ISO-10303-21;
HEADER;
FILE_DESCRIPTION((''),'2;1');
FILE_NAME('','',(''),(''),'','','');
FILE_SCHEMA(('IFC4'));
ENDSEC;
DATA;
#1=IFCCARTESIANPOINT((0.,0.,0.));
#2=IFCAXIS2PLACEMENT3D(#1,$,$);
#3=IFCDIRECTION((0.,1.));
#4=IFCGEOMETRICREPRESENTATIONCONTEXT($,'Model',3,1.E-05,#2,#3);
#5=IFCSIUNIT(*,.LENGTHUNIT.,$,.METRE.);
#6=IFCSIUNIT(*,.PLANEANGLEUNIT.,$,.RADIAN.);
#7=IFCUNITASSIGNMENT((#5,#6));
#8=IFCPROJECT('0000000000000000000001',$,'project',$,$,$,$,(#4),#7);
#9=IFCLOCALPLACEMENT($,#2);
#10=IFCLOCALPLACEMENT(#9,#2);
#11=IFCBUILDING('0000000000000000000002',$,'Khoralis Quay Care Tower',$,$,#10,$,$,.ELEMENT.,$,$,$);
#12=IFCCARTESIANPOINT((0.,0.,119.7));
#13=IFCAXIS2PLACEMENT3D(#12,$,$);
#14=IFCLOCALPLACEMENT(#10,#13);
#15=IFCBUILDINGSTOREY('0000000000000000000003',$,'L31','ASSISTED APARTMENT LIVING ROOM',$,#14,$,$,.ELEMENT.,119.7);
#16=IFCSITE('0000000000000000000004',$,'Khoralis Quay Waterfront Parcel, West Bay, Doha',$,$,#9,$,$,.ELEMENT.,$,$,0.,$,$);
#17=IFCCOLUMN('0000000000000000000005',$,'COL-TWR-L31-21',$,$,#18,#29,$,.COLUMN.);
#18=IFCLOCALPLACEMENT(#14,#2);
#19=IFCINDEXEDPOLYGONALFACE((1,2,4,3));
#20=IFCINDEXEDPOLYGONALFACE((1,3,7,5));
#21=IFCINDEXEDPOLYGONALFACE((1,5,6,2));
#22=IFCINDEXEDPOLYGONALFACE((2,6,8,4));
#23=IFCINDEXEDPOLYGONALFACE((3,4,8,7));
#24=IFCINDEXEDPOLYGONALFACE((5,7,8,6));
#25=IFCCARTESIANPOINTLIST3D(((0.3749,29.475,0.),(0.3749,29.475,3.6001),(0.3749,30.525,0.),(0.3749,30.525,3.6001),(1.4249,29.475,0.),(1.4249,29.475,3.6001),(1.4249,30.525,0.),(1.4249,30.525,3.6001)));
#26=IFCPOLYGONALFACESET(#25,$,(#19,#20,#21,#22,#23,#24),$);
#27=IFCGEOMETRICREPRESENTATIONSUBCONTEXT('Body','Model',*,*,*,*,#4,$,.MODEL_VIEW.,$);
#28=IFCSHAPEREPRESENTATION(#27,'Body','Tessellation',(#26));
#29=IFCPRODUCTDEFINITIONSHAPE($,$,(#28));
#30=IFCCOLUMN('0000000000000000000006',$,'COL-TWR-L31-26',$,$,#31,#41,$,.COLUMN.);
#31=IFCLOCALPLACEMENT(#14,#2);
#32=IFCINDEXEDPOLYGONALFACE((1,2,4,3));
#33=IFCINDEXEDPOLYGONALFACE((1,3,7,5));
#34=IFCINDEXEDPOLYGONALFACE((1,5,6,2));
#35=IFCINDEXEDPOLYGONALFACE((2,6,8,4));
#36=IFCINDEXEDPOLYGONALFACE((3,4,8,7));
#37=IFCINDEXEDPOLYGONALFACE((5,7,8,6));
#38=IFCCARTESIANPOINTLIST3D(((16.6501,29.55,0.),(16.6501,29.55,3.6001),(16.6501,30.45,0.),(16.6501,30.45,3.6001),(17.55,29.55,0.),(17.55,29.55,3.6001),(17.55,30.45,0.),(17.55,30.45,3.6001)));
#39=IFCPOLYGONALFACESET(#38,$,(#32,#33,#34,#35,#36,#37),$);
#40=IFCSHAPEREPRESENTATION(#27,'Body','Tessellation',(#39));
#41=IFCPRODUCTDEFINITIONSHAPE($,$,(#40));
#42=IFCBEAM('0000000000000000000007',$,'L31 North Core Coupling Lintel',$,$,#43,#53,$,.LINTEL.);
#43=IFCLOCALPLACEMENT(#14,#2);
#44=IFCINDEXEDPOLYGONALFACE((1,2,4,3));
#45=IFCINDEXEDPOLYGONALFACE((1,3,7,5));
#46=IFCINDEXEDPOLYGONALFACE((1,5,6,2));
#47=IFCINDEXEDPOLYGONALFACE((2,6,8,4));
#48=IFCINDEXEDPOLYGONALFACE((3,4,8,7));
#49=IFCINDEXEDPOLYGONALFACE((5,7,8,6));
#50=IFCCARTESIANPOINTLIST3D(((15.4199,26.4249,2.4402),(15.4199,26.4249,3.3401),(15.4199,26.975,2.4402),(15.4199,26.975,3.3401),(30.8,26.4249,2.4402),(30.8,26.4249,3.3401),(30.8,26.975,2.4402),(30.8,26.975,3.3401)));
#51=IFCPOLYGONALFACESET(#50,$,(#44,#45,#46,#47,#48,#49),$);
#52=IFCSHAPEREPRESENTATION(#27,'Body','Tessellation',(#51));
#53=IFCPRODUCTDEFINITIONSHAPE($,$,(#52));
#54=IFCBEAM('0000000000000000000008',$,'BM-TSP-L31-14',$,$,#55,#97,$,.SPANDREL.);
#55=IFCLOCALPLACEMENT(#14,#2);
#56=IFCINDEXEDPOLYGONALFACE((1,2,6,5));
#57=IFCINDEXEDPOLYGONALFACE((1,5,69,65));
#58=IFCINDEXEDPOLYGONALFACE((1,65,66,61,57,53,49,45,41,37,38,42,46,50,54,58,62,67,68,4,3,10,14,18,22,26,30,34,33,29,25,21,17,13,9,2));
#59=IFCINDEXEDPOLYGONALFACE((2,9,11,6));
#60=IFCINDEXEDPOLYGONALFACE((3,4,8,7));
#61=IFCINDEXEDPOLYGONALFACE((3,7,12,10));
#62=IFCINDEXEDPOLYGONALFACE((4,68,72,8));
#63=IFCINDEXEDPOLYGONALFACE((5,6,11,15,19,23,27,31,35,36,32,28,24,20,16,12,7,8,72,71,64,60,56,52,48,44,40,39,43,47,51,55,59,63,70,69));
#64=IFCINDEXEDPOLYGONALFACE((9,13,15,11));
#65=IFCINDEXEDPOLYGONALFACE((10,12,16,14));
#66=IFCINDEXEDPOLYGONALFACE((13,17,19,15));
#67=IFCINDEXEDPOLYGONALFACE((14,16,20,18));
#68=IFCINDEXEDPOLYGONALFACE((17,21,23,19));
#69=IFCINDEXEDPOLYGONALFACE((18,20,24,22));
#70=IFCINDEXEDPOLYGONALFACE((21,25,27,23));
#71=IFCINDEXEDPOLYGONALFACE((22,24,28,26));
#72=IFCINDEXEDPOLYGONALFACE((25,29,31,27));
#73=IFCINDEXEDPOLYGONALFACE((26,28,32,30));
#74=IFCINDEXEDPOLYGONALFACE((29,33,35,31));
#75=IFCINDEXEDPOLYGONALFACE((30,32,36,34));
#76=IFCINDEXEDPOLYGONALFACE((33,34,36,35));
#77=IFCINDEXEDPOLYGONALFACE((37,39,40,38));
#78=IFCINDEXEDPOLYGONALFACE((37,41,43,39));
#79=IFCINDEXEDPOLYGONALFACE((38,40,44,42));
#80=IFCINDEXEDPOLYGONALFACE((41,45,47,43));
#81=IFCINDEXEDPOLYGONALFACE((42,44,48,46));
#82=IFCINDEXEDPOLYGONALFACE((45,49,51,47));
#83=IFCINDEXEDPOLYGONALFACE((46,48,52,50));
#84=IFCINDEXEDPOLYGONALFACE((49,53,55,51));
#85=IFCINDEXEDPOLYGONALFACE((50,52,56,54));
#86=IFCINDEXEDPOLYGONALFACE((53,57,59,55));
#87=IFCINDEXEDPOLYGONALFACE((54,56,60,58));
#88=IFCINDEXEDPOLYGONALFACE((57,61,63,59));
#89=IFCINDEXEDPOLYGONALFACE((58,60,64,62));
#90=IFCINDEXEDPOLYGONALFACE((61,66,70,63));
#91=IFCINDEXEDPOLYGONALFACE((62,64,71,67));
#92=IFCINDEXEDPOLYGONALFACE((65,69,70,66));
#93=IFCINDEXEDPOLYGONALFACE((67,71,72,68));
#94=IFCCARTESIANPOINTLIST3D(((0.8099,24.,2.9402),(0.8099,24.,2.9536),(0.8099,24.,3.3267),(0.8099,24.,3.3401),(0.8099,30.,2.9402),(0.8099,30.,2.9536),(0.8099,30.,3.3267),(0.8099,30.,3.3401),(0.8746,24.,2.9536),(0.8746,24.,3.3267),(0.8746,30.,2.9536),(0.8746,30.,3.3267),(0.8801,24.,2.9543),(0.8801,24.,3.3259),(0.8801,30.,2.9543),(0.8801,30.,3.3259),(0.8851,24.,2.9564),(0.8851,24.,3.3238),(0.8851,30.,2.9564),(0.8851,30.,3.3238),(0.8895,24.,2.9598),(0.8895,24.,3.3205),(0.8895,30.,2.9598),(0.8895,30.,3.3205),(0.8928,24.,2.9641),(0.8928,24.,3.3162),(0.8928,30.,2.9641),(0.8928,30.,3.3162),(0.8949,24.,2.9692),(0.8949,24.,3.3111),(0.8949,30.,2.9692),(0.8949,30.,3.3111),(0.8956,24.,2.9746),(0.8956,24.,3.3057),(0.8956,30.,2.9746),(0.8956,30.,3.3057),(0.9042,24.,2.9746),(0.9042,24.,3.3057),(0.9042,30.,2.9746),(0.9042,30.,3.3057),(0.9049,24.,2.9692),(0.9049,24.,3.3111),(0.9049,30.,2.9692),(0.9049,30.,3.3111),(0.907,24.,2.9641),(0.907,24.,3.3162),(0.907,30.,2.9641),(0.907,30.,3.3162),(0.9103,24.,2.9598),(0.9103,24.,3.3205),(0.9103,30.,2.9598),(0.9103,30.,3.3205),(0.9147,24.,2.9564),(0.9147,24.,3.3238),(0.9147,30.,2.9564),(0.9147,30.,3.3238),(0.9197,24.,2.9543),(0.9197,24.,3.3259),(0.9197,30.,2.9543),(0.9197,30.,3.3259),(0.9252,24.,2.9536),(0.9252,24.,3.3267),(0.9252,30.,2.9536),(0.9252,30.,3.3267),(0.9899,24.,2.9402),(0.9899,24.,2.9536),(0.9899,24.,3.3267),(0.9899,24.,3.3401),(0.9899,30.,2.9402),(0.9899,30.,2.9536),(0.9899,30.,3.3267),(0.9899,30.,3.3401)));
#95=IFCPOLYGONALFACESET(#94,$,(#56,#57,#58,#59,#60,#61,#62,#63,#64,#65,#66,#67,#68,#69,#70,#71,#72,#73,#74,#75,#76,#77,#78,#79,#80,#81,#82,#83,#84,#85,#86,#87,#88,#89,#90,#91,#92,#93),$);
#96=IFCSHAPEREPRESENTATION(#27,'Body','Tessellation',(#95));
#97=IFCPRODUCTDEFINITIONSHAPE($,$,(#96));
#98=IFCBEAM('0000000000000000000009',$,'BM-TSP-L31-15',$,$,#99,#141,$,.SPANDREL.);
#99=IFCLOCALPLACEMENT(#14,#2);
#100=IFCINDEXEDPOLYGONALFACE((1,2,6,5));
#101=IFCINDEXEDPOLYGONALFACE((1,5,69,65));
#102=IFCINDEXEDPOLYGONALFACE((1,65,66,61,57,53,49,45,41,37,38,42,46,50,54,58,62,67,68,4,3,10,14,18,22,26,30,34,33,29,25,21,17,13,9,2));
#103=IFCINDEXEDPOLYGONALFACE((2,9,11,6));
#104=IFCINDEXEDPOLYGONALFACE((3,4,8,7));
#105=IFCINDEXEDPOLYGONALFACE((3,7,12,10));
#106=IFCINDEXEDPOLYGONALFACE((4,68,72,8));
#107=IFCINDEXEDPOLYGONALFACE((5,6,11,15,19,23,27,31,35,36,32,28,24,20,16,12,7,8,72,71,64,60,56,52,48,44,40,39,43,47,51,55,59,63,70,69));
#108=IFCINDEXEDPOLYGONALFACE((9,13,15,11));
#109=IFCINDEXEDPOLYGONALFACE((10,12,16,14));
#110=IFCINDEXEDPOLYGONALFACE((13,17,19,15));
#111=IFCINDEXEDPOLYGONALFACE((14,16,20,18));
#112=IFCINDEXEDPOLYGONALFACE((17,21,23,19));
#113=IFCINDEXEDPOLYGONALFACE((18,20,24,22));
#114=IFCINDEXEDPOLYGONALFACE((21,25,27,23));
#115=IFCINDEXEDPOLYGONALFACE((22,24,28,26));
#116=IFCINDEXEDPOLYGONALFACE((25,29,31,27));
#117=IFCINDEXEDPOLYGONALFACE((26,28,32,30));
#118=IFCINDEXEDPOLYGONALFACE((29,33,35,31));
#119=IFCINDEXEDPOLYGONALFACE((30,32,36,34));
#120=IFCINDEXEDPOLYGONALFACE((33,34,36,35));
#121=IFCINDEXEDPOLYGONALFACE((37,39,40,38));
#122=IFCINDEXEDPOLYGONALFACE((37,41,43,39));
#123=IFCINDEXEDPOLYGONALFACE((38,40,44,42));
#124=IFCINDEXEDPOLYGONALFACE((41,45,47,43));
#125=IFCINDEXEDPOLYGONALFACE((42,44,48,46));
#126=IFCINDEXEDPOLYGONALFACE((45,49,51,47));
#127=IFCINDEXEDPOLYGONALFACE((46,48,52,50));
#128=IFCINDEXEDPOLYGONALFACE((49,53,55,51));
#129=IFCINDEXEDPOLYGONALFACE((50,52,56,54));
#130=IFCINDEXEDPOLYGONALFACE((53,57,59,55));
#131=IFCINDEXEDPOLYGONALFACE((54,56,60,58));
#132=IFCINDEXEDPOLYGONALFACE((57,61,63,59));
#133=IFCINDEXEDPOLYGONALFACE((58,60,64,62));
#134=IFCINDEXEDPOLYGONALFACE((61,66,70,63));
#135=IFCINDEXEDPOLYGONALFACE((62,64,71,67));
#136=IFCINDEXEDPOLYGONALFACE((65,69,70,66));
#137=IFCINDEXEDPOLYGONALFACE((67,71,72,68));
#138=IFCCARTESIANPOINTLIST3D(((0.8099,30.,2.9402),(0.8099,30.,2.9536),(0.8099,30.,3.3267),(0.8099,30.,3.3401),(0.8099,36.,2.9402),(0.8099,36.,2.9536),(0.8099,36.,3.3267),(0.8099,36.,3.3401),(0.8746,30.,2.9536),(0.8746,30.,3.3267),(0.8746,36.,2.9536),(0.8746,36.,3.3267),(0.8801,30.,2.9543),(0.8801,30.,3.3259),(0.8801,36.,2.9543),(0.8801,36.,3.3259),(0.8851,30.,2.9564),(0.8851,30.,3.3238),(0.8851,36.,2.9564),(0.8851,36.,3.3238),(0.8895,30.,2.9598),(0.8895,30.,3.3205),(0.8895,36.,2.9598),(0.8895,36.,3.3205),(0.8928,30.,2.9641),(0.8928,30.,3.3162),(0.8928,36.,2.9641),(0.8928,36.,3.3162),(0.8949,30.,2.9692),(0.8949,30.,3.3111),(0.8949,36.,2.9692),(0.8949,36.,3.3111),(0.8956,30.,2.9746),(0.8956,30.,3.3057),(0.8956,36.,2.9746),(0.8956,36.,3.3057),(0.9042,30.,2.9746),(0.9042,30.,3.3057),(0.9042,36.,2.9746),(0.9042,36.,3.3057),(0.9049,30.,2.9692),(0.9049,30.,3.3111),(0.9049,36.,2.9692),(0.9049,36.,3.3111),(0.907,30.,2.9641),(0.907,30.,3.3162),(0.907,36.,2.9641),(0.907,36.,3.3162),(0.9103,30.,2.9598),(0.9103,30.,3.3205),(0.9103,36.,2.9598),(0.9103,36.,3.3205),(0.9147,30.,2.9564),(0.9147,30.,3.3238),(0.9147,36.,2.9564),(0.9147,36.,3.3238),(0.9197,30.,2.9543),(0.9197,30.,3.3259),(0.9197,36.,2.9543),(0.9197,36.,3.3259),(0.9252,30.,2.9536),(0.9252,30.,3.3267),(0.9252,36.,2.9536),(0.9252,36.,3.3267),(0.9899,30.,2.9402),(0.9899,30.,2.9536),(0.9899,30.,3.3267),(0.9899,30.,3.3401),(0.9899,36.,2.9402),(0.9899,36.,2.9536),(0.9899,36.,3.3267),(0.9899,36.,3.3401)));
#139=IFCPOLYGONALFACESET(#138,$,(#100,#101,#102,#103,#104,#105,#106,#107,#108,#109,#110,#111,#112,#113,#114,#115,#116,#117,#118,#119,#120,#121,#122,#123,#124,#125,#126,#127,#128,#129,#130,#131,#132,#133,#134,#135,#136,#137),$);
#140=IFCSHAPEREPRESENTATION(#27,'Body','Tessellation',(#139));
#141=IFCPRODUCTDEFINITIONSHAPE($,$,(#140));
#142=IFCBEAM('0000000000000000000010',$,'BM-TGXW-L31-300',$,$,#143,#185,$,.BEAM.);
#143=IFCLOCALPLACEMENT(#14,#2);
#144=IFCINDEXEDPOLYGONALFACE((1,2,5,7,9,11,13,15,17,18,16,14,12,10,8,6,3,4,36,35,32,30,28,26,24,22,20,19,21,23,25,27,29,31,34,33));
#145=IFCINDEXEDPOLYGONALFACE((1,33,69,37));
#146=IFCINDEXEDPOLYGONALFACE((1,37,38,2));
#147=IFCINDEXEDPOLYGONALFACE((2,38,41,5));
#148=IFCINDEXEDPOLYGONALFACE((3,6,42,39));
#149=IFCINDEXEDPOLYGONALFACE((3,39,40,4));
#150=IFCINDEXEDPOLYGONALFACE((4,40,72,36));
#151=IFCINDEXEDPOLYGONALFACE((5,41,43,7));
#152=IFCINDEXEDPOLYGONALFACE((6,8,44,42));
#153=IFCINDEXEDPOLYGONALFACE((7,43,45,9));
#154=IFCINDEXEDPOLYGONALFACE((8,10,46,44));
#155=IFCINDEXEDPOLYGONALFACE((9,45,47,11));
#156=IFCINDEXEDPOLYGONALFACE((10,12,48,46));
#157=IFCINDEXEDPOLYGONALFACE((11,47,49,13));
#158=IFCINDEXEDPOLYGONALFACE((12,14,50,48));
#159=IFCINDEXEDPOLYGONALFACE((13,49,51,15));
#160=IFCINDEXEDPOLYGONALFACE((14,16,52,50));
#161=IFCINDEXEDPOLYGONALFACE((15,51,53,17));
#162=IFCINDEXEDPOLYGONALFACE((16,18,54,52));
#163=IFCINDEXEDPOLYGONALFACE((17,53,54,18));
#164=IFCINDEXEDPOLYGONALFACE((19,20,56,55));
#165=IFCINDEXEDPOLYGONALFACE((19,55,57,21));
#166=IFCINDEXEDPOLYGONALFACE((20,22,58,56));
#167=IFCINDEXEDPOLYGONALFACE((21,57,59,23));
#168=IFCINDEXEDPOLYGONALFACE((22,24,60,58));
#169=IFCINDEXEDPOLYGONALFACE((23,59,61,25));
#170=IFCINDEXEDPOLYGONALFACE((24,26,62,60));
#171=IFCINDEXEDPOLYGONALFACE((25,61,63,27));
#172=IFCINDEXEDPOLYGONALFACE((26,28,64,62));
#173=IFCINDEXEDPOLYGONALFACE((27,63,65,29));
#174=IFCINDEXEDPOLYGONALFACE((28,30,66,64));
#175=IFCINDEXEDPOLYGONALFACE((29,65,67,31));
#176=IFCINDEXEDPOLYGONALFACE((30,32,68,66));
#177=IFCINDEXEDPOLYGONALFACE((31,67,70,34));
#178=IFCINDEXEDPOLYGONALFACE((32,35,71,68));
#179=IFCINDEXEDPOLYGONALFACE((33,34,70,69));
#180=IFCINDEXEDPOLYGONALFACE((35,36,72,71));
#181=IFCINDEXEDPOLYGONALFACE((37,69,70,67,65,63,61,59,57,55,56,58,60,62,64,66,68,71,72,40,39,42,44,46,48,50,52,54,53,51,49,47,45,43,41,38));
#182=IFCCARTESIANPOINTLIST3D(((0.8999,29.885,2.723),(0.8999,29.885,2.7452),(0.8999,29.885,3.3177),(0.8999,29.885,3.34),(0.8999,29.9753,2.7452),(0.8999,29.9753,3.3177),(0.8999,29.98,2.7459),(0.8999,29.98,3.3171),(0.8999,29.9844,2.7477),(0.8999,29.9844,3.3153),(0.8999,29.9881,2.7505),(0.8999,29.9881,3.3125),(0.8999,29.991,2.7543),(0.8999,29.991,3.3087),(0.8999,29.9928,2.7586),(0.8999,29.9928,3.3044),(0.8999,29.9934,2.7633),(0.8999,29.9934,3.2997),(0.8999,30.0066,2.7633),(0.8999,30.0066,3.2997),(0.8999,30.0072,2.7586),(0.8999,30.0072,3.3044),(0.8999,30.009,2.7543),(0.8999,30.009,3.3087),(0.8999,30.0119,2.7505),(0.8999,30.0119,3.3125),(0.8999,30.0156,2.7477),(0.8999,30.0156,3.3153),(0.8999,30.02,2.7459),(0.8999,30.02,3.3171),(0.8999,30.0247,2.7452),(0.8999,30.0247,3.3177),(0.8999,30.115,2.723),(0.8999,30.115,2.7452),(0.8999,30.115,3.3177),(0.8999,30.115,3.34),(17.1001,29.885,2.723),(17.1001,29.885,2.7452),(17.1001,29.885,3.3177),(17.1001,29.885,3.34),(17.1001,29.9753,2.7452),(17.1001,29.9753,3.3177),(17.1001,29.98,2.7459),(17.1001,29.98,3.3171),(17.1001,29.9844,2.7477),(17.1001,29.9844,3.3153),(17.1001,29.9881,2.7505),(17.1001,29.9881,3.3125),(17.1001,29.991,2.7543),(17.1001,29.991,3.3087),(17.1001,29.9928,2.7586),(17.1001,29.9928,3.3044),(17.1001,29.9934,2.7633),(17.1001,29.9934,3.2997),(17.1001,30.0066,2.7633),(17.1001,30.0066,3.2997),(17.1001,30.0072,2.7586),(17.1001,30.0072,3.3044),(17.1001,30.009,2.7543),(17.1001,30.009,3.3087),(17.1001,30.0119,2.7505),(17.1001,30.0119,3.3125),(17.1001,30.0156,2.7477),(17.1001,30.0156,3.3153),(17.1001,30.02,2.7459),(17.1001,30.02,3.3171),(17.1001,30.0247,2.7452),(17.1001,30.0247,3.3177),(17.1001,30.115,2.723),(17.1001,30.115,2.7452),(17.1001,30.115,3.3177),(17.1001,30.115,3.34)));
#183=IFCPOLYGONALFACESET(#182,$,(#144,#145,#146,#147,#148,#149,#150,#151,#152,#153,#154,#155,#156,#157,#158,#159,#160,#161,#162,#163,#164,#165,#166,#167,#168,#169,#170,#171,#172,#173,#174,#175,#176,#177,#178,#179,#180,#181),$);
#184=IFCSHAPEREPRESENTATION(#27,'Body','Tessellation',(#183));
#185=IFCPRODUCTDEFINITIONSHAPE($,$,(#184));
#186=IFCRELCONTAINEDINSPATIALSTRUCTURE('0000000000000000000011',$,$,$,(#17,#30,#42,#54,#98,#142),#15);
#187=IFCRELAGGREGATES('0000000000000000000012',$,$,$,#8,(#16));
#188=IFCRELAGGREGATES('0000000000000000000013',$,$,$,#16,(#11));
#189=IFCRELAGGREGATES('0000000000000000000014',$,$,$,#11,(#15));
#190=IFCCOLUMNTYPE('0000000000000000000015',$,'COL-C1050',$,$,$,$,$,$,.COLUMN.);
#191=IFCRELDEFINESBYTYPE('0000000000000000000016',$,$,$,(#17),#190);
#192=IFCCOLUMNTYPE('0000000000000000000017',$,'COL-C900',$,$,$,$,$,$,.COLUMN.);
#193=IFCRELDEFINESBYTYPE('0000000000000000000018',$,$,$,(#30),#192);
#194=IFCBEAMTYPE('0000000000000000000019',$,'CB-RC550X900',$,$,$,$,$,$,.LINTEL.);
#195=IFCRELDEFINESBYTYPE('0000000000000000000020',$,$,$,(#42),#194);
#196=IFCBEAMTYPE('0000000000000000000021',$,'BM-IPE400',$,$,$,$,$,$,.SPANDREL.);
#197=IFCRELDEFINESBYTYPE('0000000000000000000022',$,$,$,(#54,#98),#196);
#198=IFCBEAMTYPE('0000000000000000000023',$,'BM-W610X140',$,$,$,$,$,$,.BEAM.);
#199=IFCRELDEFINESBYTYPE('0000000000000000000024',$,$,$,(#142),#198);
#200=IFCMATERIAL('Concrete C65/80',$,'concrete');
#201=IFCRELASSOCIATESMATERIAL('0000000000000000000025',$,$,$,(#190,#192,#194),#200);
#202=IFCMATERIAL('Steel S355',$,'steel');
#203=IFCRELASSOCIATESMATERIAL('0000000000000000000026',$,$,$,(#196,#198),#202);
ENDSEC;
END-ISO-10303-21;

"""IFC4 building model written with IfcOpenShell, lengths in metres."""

from ifc_helpers import new_model, si_unit, direction, frame, origin, origin_2d, place, context, subcontext, project, spatial, rectangle, i_section, extrude, source, transform, mapped, material, material_profile, profile_set, type_object, element, save


model = new_model("IFC4")

# Units and contexts
model_context = context("Model", 3, precision=1e-05, world=origin(), true_north=direction((0.0, 1.0)))
body_context = subcontext(model_context, "Body", "Model", "MODEL_VIEW")
ifc_project = project(units=[si_unit("LENGTHUNIT", "METRE"), si_unit("PLANEANGLEUNIT", "RADIAN")], contexts=[model_context])

# Site, building, storey
site_placement = place(None, origin())
site = spatial("IfcSite", under=ifc_project, at=site_placement, Name="Khoralis Quay Waterfront Parcel, West Bay, Doha", CompositionType="ELEMENT", RefElevation=0.0)
building_placement = place(site_placement, origin())
building = spatial("IfcBuilding", under=site, at=building_placement, Name="Khoralis Quay Care Tower", CompositionType="ELEMENT")
storey_placement = place(building_placement, frame((0.0, 0.0, 119.7)))
storey = spatial("IfcBuildingStorey", under=building, at=storey_placement, Name="L31", Description="ASSISTED APARTMENT LIVING ROOM", CompositionType="ELEMENT", Elevation=119.7)

# Columns
ifc_material_1 = material(Name="Concrete C65/80", Category="concrete")
ifc_material_profile_1 = material_profile(ifc_material_1, rectangle(XDim=1.05, YDim=1.05, at=origin_2d()), Name="Concrete C65/80")
ifc_profile_set_1 = profile_set([ifc_material_profile_1], Name="Concrete C65/80")
column_type_1 = type_object("IfcColumnType", Name="COL-C1050", PredefinedType="COLUMN", material=ifc_profile_set_1)
shared_shape_1 = source(origin(), body_context, "Body", "SweptSolid", [
    extrude(rectangle(XDim=1.05, YDim=1.05, at=origin_2d()), origin(), (0.0, 0.0, 1.0), 3.6001),
])
column_1_placement = place(storey_placement, frame((0.8999, 30.0, 0.0), z_axis=(0.0, 0.0, 1.0), x_axis=(1.0, 0.0, 0.0)))
element("IfcColumn", 1, at=column_1_placement, inside=storey, type_object=column_type_1, Name="COL-TWR-L31-21", PredefinedType="COLUMN", context=body_context, shape_type="MappedRepresentation", body=[
    mapped(shared_shape_1, transform((0.0, 0.0, 0.0), scale=1.0)),
])
ifc_material_profile_2 = material_profile(ifc_material_1, rectangle(XDim=0.8999, YDim=0.8999, at=origin_2d()), Name="Concrete C65/80")
ifc_profile_set_2 = profile_set([ifc_material_profile_2], Name="Concrete C65/80")
column_type_2 = type_object("IfcColumnType", Name="COL-C900", PredefinedType="COLUMN", material=ifc_profile_set_2)
shared_shape_2 = source(origin(), body_context, "Body", "SweptSolid", [
    extrude(rectangle(XDim=0.8999, YDim=0.8999, at=origin_2d()), origin(), (0.0, 0.0, 1.0), 3.6001),
])
column_2_placement = place(storey_placement, frame((17.1001, 30.0, 0.0), z_axis=(0.0, 0.0, 1.0), x_axis=(1.0, 0.0, 0.0)))
element("IfcColumn", 2, at=column_2_placement, inside=storey, type_object=column_type_2, Name="COL-TWR-L31-26", PredefinedType="COLUMN", context=body_context, shape_type="MappedRepresentation", body=[
    mapped(shared_shape_2, transform((0.0, 0.0, 0.0), scale=1.0)),
])

# Beams
ifc_material_profile_3 = material_profile(ifc_material_1, rectangle(XDim=0.55, YDim=0.8999, at=origin_2d()), Name="Concrete C65/80")
ifc_profile_set_3 = profile_set([ifc_material_profile_3], Name="Concrete C65/80")
beam_type_1 = type_object("IfcBeamType", Name="CB-RC550X900", PredefinedType="LINTEL", material=ifc_profile_set_3)
shared_shape_3 = source(origin(), body_context, "Body", "SweptSolid", [
    extrude(rectangle(XDim=0.55, YDim=0.8999, at=origin_2d()), origin(), (0.0, 0.0, 1.0), 15.3801),
])
beam_1_placement = place(storey_placement, frame((15.4199, 26.7, 2.8901), z_axis=(1.0, 0.0, 0.0), x_axis=(0.0, 1.0, 0.0)))
element("IfcBeam", 3, at=beam_1_placement, inside=storey, type_object=beam_type_1, Name="L31 North Core Coupling Lintel", PredefinedType="LINTEL", context=body_context, shape_type="MappedRepresentation", body=[
    mapped(shared_shape_3, transform((0.0, 0.0, 0.0), scale=1.0)),
])
ifc_material_2 = material(Name="Steel S355", Category="steel")
ifc_material_profile_4 = material_profile(ifc_material_2, i_section(OverallWidth=0.1799, OverallDepth=0.3999, WebThickness=0.0085, FlangeThickness=0.0134, FilletRadius=0.021, at=origin_2d()), Name="Steel S355")
ifc_profile_set_4 = profile_set([ifc_material_profile_4], Name="Steel S355")
beam_type_2 = type_object("IfcBeamType", Name="BM-IPE400", PredefinedType="SPANDREL", material=ifc_profile_set_4)
shared_shape_4 = source(origin(), body_context, "Body", "SweptSolid", [
    extrude(i_section(OverallWidth=0.1799, OverallDepth=0.3999, WebThickness=0.0085, FlangeThickness=0.0134, FilletRadius=0.021, at=origin_2d()), origin(), (0.0, 0.0, 1.0), 6.0),
])
for number, where, z_axis, x_axis, name in (
    (4, (0.8999, 24.0, 3.1401), (0.0, 1.0, 0.0), (-1.0, 0.0, 0.0), "BM-TSP-L31-14"),
    (5, (0.8999, 30.0, 3.1401), (0.0, 1.0, 0.0), (-1.0, 0.0, 0.0), "BM-TSP-L31-15"),
):
    element("IfcBeam", number, at=place(storey_placement, frame(where, z_axis=z_axis, x_axis=x_axis)), inside=storey, type_object=beam_type_2, Name=name, PredefinedType="SPANDREL", context=body_context, shape_type="MappedRepresentation", body=[
        mapped(shared_shape_4, transform((0.0, 0.0, 0.0), scale=1.0)),
    ])
ifc_material_profile_5 = material_profile(ifc_material_2, i_section(OverallWidth=0.23, OverallDepth=0.6169, WebThickness=0.0132, FlangeThickness=0.0222, FilletRadius=0.0181, at=origin_2d()), Name="Steel S355")
ifc_profile_set_5 = profile_set([ifc_material_profile_5], Name="Steel S355")
beam_type_3 = type_object("IfcBeamType", Name="BM-W610X140", PredefinedType="BEAM", material=ifc_profile_set_5)
shared_shape_5 = source(origin(), body_context, "Body", "SweptSolid", [
    extrude(i_section(OverallWidth=0.23, OverallDepth=0.6169, WebThickness=0.0132, FlangeThickness=0.0222, FilletRadius=0.0181, at=origin_2d()), origin(), (0.0, 0.0, 1.0), 16.2002),
])
beam_2_placement = place(storey_placement, frame((0.8999, 30.0, 3.0315), z_axis=(1.0, 0.0, 0.0), x_axis=(0.0, 1.0, 0.0)))
element("IfcBeam", 6, at=beam_2_placement, inside=storey, type_object=beam_type_3, Name="BM-TGXW-L31-300", PredefinedType="BEAM", context=body_context, shape_type="MappedRepresentation", body=[
    mapped(shared_shape_5, transform((0.0, 0.0, 0.0), scale=1.0)),
])

save(model, "model.ifc")
